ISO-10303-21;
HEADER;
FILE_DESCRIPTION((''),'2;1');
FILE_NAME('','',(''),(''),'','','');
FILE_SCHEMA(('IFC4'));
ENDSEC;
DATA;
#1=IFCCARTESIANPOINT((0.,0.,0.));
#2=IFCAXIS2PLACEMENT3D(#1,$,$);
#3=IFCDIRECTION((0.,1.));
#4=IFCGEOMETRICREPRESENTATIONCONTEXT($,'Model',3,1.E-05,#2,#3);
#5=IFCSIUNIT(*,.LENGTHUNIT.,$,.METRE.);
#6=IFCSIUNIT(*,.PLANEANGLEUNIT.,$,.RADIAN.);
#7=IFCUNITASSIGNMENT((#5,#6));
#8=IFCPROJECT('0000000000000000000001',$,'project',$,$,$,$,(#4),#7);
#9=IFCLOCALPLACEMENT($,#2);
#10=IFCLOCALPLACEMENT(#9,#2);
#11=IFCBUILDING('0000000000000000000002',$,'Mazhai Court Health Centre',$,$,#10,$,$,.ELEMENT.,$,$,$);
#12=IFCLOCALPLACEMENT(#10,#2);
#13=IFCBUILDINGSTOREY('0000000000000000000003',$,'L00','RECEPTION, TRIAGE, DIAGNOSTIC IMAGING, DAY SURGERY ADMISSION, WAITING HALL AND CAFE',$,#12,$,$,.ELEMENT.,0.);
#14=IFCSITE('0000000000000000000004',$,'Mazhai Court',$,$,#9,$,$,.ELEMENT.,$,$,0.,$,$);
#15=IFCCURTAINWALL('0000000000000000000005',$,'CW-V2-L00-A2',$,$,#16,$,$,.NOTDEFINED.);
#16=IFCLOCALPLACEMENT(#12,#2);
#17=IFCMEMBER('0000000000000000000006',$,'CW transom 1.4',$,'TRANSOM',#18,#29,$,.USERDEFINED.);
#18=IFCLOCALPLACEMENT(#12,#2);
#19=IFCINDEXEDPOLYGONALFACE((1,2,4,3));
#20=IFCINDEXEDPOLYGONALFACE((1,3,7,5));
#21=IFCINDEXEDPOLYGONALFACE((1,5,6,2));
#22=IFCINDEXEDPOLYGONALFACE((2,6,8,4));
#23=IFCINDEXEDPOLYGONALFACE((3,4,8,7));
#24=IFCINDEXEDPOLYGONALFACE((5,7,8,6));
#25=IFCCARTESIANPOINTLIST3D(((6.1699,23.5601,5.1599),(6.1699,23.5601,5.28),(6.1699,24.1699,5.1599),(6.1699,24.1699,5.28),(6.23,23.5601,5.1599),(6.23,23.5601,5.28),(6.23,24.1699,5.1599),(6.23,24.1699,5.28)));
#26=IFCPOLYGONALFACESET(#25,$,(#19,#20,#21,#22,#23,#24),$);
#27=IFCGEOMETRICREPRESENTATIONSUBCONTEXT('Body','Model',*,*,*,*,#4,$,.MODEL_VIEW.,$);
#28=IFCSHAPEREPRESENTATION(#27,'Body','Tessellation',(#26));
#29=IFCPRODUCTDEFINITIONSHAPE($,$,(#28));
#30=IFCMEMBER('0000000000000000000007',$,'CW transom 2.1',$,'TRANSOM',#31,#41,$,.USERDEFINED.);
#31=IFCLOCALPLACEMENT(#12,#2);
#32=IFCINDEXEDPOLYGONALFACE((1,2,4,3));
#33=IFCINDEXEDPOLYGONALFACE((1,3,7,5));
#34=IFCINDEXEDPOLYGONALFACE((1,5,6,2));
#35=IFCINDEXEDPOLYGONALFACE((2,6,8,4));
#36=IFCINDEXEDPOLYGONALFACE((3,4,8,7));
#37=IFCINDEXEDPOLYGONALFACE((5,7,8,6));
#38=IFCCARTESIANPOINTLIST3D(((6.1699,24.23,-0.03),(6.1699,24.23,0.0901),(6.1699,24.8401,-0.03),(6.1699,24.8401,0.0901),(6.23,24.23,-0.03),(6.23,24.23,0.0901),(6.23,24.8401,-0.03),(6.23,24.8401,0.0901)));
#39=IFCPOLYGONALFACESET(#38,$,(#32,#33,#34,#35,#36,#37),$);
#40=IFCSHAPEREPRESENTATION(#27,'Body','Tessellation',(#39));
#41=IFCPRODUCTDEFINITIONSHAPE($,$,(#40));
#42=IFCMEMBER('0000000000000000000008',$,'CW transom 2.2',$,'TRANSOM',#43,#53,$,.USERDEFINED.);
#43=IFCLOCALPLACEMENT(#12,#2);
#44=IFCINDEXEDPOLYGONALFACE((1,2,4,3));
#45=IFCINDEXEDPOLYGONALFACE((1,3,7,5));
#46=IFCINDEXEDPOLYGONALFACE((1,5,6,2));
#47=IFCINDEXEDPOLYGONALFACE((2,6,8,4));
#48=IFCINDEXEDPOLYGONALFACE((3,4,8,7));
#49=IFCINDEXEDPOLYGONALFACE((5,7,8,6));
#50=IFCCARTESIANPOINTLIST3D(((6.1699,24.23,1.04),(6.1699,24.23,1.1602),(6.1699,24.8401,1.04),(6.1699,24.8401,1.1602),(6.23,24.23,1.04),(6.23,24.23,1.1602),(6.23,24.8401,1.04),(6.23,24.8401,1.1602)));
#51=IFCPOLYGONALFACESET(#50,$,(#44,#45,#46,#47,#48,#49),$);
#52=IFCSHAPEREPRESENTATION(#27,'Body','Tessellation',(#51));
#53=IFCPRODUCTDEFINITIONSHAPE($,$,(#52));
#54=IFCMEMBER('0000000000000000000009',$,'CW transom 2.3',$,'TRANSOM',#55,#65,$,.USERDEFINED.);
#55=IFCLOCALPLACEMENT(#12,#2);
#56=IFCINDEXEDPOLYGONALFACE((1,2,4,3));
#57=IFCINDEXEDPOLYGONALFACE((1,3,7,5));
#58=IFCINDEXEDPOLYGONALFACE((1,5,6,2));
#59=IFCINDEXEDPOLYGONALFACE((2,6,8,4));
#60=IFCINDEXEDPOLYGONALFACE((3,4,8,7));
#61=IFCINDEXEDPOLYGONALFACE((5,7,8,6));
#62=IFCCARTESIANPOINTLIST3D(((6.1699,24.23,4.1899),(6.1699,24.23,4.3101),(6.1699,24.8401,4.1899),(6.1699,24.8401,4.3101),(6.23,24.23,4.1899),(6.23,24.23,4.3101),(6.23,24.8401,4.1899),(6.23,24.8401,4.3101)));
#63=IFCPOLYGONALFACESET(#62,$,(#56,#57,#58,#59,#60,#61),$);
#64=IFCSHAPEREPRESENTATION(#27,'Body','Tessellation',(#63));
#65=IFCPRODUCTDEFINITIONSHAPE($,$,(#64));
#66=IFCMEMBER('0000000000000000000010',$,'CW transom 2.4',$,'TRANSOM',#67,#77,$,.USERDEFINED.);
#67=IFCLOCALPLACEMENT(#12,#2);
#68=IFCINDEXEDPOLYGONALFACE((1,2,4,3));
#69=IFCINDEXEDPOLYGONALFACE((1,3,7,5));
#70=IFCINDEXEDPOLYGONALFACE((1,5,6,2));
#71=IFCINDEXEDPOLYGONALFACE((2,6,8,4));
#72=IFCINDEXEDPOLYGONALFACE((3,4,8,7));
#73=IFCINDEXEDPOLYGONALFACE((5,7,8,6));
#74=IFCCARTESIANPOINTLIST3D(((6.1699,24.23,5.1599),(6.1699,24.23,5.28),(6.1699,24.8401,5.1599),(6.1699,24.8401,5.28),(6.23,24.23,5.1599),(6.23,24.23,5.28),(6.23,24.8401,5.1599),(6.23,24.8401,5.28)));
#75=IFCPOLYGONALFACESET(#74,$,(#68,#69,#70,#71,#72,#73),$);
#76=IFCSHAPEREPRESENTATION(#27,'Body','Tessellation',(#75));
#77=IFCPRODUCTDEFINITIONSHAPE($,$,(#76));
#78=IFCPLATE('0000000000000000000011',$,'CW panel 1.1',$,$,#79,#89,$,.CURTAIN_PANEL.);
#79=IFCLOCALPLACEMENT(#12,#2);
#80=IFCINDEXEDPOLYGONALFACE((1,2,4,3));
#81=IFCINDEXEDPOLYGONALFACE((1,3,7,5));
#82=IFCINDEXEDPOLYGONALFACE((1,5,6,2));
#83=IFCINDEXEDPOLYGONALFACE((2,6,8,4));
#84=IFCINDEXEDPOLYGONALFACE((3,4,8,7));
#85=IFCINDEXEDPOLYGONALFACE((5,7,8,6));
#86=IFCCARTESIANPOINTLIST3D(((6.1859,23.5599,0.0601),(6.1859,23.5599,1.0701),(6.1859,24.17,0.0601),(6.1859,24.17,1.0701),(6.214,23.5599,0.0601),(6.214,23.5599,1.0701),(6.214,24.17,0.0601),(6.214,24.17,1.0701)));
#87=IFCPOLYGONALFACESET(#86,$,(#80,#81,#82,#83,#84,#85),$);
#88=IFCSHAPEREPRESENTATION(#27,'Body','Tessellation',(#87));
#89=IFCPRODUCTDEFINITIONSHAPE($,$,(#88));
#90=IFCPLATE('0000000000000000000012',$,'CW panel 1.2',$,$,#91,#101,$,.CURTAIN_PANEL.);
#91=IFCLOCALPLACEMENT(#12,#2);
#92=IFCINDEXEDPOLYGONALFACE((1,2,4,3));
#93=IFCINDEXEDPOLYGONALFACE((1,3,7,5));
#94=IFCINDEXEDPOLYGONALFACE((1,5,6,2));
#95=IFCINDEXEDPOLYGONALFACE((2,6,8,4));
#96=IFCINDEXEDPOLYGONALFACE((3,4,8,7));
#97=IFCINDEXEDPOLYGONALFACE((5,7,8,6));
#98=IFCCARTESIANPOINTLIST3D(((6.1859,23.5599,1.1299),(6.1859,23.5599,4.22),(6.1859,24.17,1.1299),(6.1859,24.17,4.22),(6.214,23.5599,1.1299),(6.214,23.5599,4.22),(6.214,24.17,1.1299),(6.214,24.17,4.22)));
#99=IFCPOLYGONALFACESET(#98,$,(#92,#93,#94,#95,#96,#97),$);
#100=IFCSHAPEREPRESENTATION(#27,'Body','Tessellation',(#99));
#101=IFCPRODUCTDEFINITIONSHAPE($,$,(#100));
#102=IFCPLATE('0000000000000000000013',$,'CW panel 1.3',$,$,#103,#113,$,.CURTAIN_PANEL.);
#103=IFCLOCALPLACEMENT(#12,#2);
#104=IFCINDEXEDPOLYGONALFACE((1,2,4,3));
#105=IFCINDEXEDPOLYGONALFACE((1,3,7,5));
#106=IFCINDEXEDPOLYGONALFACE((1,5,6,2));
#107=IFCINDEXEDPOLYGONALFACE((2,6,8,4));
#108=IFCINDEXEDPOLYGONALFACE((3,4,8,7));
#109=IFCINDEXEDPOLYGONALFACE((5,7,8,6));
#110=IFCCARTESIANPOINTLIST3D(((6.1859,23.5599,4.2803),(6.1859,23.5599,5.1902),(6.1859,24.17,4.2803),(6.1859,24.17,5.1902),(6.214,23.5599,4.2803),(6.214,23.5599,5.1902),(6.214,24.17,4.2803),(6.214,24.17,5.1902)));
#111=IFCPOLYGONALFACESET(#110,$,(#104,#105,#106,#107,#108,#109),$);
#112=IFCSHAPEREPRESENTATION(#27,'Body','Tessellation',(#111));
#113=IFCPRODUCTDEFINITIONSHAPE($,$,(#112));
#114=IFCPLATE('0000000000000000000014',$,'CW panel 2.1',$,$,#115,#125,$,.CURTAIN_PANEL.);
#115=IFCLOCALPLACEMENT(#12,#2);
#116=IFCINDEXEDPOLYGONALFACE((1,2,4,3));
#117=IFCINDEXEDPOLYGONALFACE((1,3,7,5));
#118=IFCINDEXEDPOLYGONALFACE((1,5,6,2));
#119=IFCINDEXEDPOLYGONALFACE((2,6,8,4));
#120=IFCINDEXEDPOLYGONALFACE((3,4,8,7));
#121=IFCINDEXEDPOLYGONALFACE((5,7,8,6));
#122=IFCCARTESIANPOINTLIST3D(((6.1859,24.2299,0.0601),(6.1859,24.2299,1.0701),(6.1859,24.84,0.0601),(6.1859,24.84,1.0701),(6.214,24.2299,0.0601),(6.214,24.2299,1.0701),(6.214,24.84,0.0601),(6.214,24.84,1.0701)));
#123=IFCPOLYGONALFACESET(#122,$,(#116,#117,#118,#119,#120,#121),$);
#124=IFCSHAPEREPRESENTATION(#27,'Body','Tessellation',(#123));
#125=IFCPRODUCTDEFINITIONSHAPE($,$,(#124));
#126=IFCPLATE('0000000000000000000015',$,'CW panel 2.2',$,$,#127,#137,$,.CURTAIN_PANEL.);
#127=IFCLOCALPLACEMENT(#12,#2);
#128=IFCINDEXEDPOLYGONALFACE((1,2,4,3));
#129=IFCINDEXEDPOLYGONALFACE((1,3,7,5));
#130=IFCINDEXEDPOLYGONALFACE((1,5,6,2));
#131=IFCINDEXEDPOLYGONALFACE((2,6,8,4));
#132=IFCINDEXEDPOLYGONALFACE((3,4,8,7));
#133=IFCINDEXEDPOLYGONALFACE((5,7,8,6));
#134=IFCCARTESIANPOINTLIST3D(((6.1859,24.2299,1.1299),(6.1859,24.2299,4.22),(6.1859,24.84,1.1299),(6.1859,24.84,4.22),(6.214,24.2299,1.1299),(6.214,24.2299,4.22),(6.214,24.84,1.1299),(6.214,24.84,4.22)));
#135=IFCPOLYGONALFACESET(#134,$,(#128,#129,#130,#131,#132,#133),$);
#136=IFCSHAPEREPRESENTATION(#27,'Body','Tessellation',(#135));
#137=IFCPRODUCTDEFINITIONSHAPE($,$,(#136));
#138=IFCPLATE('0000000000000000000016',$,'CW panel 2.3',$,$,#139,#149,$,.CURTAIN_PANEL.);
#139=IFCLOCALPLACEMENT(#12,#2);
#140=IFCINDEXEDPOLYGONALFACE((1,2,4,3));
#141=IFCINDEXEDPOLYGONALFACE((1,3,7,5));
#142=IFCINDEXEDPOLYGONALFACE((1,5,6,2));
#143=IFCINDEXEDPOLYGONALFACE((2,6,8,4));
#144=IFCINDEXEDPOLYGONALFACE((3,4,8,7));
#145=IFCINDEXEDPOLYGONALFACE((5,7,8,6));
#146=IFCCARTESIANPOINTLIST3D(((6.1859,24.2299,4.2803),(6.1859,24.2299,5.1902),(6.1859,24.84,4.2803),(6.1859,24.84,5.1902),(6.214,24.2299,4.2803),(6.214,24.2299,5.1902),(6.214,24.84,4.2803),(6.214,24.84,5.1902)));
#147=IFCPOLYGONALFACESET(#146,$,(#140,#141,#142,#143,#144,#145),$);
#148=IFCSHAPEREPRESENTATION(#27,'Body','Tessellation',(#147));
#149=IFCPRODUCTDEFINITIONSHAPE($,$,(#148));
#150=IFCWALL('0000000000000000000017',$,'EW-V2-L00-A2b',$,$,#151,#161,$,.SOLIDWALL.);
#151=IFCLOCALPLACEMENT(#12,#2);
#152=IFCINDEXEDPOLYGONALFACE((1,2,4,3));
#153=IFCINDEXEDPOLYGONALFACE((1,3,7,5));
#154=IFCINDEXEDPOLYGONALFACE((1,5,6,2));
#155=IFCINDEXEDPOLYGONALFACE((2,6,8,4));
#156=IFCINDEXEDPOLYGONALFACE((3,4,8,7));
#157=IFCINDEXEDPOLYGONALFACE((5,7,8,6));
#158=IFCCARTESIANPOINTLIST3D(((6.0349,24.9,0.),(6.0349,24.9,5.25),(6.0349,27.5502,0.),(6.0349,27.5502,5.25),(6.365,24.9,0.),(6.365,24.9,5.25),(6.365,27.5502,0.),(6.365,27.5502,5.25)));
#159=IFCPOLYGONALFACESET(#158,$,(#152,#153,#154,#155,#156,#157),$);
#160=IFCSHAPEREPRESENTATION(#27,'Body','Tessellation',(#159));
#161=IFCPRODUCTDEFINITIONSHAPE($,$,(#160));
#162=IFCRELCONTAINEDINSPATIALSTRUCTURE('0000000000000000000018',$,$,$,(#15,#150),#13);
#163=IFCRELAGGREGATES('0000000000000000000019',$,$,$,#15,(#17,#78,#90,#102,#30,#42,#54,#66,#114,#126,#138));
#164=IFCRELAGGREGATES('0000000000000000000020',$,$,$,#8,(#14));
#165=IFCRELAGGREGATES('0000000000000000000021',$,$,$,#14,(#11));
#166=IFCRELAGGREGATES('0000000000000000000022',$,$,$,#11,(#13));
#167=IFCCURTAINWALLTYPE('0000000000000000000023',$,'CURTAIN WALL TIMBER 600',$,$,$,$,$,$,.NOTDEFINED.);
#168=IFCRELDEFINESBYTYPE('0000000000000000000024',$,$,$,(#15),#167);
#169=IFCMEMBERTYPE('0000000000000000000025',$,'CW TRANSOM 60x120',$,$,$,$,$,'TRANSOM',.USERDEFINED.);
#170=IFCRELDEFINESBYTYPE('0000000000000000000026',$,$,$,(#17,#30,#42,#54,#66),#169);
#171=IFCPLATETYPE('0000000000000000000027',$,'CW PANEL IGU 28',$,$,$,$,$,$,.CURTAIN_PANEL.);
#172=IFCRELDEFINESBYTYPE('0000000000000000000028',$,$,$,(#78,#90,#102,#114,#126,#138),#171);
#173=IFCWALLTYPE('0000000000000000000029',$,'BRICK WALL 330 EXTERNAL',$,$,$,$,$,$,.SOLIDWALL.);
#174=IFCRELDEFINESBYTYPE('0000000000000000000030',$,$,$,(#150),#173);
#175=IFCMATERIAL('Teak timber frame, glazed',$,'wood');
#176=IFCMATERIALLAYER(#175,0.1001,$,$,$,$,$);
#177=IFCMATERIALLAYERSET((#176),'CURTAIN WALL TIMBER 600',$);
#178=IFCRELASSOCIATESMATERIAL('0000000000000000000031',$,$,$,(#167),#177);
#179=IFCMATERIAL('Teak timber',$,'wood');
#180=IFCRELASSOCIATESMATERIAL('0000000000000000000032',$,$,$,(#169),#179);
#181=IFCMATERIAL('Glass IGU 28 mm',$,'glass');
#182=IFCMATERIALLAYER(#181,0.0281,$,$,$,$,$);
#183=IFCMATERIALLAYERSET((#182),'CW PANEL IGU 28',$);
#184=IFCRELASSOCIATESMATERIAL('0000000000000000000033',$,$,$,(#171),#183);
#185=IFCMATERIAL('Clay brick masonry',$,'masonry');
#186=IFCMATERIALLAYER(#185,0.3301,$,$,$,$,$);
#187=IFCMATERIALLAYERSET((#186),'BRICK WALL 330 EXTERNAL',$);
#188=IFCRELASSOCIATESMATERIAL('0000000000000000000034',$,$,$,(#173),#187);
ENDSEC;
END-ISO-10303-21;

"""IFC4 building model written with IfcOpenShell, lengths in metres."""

from ifc_helpers import new_model, si_unit, direction, frame, frame_2d, origin, origin_2d, place, context, subcontext, project, spatial, rectangle, extrude, material, layer, layer_set, material_profile, profile_set, type_object, element, aggregate, save


model = new_model("IFC4")

# Units and contexts
model_context = context("Model", 3, precision=1e-05, world=origin(), true_north=direction((0.0, 1.0)))
body_context = subcontext(model_context, "Body", "Model", "MODEL_VIEW")
ifc_project = project(units=[si_unit("LENGTHUNIT", "METRE"), si_unit("PLANEANGLEUNIT", "RADIAN")], contexts=[model_context])

# Site, building, storey
site_placement = place(None, origin())
site = spatial("IfcSite", under=ifc_project, at=site_placement, Name="Mazhai Court", CompositionType="ELEMENT", RefElevation=0.0)
building_placement = place(site_placement, origin())
building = spatial("IfcBuilding", under=site, at=building_placement, Name="Mazhai Court Health Centre", CompositionType="ELEMENT")
storey_placement = place(building_placement, origin())
storey = spatial("IfcBuildingStorey", under=building, at=storey_placement, Name="L00", Description="RECEPTION, TRIAGE, DIAGNOSTIC IMAGING, DAY SURGERY ADMISSION, WAITING HALL AND CAFE", CompositionType="ELEMENT", Elevation=0.0)

# Curtain wall, members, plates
ifc_material_1 = material(Name="Teak timber frame, glazed", Category="wood")
ifc_layer_1 = layer(ifc_material_1, 0.1001)
ifc_layer_set_1 = layer_set([ifc_layer_1], Name="CURTAIN WALL TIMBER 600")
curtain_wall_type = type_object("IfcCurtainWallType", Name="CURTAIN WALL TIMBER 600", PredefinedType="NOTDEFINED", material=ifc_layer_set_1)
curtain_wall_placement = place(storey_placement, origin())
curtain_wall = element("IfcCurtainWall", 1, at=curtain_wall_placement, inside=storey, type_object=curtain_wall_type, Name="CW-V2-L00-A2", PredefinedType="NOTDEFINED")
ifc_material_2 = material(Name="Teak timber", Category="wood")
ifc_material_profile_1 = material_profile(ifc_material_2, rectangle(XDim=0.0601, YDim=0.1201, at=origin_2d()), Name="CW TRANSOM 60x120")
ifc_profile_set_1 = profile_set([ifc_material_profile_1], Name="Teak timber")
member_type_1 = type_object("IfcMemberType", Name="CW TRANSOM 60x120", ElementType="TRANSOM", PredefinedType="USERDEFINED", material=ifc_profile_set_1)
member_1_placement = place(storey_placement, frame((6.2, 23.5601, 5.22), z_axis=(0.0, 1.0, 0.0), x_axis=(-1.0, 0.0, 0.0)))
member_1 = element("IfcMember", 2, at=member_1_placement, type_object=member_type_1, Name="CW transom 1.4", ObjectType="TRANSOM", PredefinedType="USERDEFINED", context=body_context, shape_type="SweptSolid", body=[
    extrude(rectangle(XDim=0.0601, YDim=0.1201, at=origin_2d()), origin(), (0.0, 0.0, 1.0), 0.6099),
])
member_2_placement = place(storey_placement, frame((6.2, 24.23, 0.03), z_axis=(0.0, 1.0, 0.0), x_axis=(-1.0, 0.0, 0.0)))
member_2 = element("IfcMember", 3, at=member_2_placement, type_object=member_type_1, Name="CW transom 2.1", ObjectType="TRANSOM", PredefinedType="USERDEFINED", context=body_context, shape_type="SweptSolid", body=[
    extrude(rectangle(XDim=0.0601, YDim=0.1201, at=origin_2d()), origin(), (0.0, 0.0, 1.0), 0.6101),
])
member_3_placement = place(storey_placement, frame((6.2, 24.23, 1.1001), z_axis=(0.0, 1.0, 0.0), x_axis=(-1.0, 0.0, 0.0)))
member_3 = element("IfcMember", 4, at=member_3_placement, type_object=member_type_1, Name="CW transom 2.2", ObjectType="TRANSOM", PredefinedType="USERDEFINED", context=body_context, shape_type="SweptSolid", body=[
    extrude(rectangle(XDim=0.0601, YDim=0.1201, at=origin_2d()), origin(), (0.0, 0.0, 1.0), 0.6101),
])
member_4_placement = place(storey_placement, frame((6.2, 24.23, 4.25), z_axis=(0.0, 1.0, 0.0), x_axis=(-1.0, 0.0, 0.0)))
member_4 = element("IfcMember", 5, at=member_4_placement, type_object=member_type_1, Name="CW transom 2.3", ObjectType="TRANSOM", PredefinedType="USERDEFINED", context=body_context, shape_type="SweptSolid", body=[
    extrude(rectangle(XDim=0.0601, YDim=0.1201, at=origin_2d()), origin(), (0.0, 0.0, 1.0), 0.6101),
])
member_5_placement = place(storey_placement, frame((6.2, 24.23, 5.22), z_axis=(0.0, 1.0, 0.0), x_axis=(-1.0, 0.0, 0.0)))
member_5 = element("IfcMember", 6, at=member_5_placement, type_object=member_type_1, Name="CW transom 2.4", ObjectType="TRANSOM", PredefinedType="USERDEFINED", context=body_context, shape_type="SweptSolid", body=[
    extrude(rectangle(XDim=0.0601, YDim=0.1201, at=origin_2d()), origin(), (0.0, 0.0, 1.0), 0.6101),
])
ifc_material_3 = material(Name="Glass IGU 28 mm", Category="glass")
ifc_layer_2 = layer(ifc_material_3, 0.0281)
ifc_layer_set_2 = layer_set([ifc_layer_2], Name="CW PANEL IGU 28")
plate_type = type_object("IfcPlateType", Name="CW PANEL IGU 28", PredefinedType="CURTAIN_PANEL", material=ifc_layer_set_2)
plate_1_placement = place(storey_placement, frame((6.2, 23.865, 0.0601), z_axis=(0.0, 0.0, 1.0), x_axis=(0.0, 1.0, 0.0)))
plate_1 = element("IfcPlate", 7, at=plate_1_placement, type_object=plate_type, Name="CW panel 1.1", PredefinedType="CURTAIN_PANEL", context=body_context, shape_type="SweptSolid", body=[
    extrude(rectangle(XDim=0.6101, YDim=0.0281, at=origin_2d()), origin(), (0.0, 0.0, 1.0), 1.01),
])
plate_2_placement = place(storey_placement, frame((6.2, 23.865, 1.1299), z_axis=(0.0, 0.0, 1.0), x_axis=(0.0, 1.0, 0.0)))
plate_2 = element("IfcPlate", 8, at=plate_2_placement, type_object=plate_type, Name="CW panel 1.2", PredefinedType="CURTAIN_PANEL", context=body_context, shape_type="SweptSolid", body=[
    extrude(rectangle(XDim=0.6101, YDim=0.0281, at=origin_2d()), origin(), (0.0, 0.0, 1.0), 3.0901),
])
plate_3_placement = place(storey_placement, frame((6.2, 23.865, 4.2803), z_axis=(0.0, 0.0, 1.0), x_axis=(0.0, 1.0, 0.0)))
plate_3 = element("IfcPlate", 9, at=plate_3_placement, type_object=plate_type, Name="CW panel 1.3", PredefinedType="CURTAIN_PANEL", context=body_context, shape_type="SweptSolid", body=[
    extrude(rectangle(XDim=0.6101, YDim=0.0281, at=origin_2d()), origin(), (0.0, 0.0, 1.0), 0.9099),
])
plate_4_placement = place(storey_placement, frame((6.2, 24.5349, 0.0601), z_axis=(0.0, 0.0, 1.0), x_axis=(0.0, 1.0, 0.0)))
plate_4 = element("IfcPlate", 10, at=plate_4_placement, type_object=plate_type, Name="CW panel 2.1", PredefinedType="CURTAIN_PANEL", context=body_context, shape_type="SweptSolid", body=[
    extrude(rectangle(XDim=0.6101, YDim=0.0281, at=origin_2d()), origin(), (0.0, 0.0, 1.0), 1.01),
])
plate_5_placement = place(storey_placement, frame((6.2, 24.5349, 1.1299), z_axis=(0.0, 0.0, 1.0), x_axis=(0.0, 1.0, 0.0)))
plate_5 = element("IfcPlate", 11, at=plate_5_placement, type_object=plate_type, Name="CW panel 2.2", PredefinedType="CURTAIN_PANEL", context=body_context, shape_type="SweptSolid", body=[
    extrude(rectangle(XDim=0.6101, YDim=0.0281, at=origin_2d()), origin(), (0.0, 0.0, 1.0), 3.0901),
])
plate_6_placement = place(storey_placement, frame((6.2, 24.5349, 4.2803), z_axis=(0.0, 0.0, 1.0), x_axis=(0.0, 1.0, 0.0)))
plate_6 = element("IfcPlate", 12, at=plate_6_placement, type_object=plate_type, Name="CW panel 2.3", PredefinedType="CURTAIN_PANEL", context=body_context, shape_type="SweptSolid", body=[
    extrude(rectangle(XDim=0.6101, YDim=0.0281, at=origin_2d()), origin(), (0.0, 0.0, 1.0), 0.9099),
])
aggregate(curtain_wall, [member_1, plate_1, plate_2, plate_3, member_2, member_3, member_4, member_5, plate_4, plate_5, plate_6])

# Wall
ifc_material_4 = material(Name="Clay brick masonry", Category="masonry")
ifc_layer_3 = layer(ifc_material_4, 0.3301)
ifc_layer_set_3 = layer_set([ifc_layer_3], Name="BRICK WALL 330 EXTERNAL")
wall_type = type_object("IfcWallType", Name="BRICK WALL 330 EXTERNAL", PredefinedType="SOLIDWALL", material=ifc_layer_set_3)
wall_placement = place(storey_placement, frame((6.2, 24.8999, 0.0), z_axis=(0.0, 0.0, 1.0), x_axis=(0.0, 1.0, 0.0)))
element("IfcWall", 13, at=wall_placement, inside=storey, type_object=wall_type, Name="EW-V2-L00-A2b", PredefinedType="SOLIDWALL", context=body_context, shape_type="SweptSolid", body=[
    extrude(rectangle(XDim=2.6501, YDim=0.3301, at=frame_2d((1.3252, 0.0))), origin(), (0.0, 0.0, 1.0), 5.25),
])

save(model, "model.ifc")
